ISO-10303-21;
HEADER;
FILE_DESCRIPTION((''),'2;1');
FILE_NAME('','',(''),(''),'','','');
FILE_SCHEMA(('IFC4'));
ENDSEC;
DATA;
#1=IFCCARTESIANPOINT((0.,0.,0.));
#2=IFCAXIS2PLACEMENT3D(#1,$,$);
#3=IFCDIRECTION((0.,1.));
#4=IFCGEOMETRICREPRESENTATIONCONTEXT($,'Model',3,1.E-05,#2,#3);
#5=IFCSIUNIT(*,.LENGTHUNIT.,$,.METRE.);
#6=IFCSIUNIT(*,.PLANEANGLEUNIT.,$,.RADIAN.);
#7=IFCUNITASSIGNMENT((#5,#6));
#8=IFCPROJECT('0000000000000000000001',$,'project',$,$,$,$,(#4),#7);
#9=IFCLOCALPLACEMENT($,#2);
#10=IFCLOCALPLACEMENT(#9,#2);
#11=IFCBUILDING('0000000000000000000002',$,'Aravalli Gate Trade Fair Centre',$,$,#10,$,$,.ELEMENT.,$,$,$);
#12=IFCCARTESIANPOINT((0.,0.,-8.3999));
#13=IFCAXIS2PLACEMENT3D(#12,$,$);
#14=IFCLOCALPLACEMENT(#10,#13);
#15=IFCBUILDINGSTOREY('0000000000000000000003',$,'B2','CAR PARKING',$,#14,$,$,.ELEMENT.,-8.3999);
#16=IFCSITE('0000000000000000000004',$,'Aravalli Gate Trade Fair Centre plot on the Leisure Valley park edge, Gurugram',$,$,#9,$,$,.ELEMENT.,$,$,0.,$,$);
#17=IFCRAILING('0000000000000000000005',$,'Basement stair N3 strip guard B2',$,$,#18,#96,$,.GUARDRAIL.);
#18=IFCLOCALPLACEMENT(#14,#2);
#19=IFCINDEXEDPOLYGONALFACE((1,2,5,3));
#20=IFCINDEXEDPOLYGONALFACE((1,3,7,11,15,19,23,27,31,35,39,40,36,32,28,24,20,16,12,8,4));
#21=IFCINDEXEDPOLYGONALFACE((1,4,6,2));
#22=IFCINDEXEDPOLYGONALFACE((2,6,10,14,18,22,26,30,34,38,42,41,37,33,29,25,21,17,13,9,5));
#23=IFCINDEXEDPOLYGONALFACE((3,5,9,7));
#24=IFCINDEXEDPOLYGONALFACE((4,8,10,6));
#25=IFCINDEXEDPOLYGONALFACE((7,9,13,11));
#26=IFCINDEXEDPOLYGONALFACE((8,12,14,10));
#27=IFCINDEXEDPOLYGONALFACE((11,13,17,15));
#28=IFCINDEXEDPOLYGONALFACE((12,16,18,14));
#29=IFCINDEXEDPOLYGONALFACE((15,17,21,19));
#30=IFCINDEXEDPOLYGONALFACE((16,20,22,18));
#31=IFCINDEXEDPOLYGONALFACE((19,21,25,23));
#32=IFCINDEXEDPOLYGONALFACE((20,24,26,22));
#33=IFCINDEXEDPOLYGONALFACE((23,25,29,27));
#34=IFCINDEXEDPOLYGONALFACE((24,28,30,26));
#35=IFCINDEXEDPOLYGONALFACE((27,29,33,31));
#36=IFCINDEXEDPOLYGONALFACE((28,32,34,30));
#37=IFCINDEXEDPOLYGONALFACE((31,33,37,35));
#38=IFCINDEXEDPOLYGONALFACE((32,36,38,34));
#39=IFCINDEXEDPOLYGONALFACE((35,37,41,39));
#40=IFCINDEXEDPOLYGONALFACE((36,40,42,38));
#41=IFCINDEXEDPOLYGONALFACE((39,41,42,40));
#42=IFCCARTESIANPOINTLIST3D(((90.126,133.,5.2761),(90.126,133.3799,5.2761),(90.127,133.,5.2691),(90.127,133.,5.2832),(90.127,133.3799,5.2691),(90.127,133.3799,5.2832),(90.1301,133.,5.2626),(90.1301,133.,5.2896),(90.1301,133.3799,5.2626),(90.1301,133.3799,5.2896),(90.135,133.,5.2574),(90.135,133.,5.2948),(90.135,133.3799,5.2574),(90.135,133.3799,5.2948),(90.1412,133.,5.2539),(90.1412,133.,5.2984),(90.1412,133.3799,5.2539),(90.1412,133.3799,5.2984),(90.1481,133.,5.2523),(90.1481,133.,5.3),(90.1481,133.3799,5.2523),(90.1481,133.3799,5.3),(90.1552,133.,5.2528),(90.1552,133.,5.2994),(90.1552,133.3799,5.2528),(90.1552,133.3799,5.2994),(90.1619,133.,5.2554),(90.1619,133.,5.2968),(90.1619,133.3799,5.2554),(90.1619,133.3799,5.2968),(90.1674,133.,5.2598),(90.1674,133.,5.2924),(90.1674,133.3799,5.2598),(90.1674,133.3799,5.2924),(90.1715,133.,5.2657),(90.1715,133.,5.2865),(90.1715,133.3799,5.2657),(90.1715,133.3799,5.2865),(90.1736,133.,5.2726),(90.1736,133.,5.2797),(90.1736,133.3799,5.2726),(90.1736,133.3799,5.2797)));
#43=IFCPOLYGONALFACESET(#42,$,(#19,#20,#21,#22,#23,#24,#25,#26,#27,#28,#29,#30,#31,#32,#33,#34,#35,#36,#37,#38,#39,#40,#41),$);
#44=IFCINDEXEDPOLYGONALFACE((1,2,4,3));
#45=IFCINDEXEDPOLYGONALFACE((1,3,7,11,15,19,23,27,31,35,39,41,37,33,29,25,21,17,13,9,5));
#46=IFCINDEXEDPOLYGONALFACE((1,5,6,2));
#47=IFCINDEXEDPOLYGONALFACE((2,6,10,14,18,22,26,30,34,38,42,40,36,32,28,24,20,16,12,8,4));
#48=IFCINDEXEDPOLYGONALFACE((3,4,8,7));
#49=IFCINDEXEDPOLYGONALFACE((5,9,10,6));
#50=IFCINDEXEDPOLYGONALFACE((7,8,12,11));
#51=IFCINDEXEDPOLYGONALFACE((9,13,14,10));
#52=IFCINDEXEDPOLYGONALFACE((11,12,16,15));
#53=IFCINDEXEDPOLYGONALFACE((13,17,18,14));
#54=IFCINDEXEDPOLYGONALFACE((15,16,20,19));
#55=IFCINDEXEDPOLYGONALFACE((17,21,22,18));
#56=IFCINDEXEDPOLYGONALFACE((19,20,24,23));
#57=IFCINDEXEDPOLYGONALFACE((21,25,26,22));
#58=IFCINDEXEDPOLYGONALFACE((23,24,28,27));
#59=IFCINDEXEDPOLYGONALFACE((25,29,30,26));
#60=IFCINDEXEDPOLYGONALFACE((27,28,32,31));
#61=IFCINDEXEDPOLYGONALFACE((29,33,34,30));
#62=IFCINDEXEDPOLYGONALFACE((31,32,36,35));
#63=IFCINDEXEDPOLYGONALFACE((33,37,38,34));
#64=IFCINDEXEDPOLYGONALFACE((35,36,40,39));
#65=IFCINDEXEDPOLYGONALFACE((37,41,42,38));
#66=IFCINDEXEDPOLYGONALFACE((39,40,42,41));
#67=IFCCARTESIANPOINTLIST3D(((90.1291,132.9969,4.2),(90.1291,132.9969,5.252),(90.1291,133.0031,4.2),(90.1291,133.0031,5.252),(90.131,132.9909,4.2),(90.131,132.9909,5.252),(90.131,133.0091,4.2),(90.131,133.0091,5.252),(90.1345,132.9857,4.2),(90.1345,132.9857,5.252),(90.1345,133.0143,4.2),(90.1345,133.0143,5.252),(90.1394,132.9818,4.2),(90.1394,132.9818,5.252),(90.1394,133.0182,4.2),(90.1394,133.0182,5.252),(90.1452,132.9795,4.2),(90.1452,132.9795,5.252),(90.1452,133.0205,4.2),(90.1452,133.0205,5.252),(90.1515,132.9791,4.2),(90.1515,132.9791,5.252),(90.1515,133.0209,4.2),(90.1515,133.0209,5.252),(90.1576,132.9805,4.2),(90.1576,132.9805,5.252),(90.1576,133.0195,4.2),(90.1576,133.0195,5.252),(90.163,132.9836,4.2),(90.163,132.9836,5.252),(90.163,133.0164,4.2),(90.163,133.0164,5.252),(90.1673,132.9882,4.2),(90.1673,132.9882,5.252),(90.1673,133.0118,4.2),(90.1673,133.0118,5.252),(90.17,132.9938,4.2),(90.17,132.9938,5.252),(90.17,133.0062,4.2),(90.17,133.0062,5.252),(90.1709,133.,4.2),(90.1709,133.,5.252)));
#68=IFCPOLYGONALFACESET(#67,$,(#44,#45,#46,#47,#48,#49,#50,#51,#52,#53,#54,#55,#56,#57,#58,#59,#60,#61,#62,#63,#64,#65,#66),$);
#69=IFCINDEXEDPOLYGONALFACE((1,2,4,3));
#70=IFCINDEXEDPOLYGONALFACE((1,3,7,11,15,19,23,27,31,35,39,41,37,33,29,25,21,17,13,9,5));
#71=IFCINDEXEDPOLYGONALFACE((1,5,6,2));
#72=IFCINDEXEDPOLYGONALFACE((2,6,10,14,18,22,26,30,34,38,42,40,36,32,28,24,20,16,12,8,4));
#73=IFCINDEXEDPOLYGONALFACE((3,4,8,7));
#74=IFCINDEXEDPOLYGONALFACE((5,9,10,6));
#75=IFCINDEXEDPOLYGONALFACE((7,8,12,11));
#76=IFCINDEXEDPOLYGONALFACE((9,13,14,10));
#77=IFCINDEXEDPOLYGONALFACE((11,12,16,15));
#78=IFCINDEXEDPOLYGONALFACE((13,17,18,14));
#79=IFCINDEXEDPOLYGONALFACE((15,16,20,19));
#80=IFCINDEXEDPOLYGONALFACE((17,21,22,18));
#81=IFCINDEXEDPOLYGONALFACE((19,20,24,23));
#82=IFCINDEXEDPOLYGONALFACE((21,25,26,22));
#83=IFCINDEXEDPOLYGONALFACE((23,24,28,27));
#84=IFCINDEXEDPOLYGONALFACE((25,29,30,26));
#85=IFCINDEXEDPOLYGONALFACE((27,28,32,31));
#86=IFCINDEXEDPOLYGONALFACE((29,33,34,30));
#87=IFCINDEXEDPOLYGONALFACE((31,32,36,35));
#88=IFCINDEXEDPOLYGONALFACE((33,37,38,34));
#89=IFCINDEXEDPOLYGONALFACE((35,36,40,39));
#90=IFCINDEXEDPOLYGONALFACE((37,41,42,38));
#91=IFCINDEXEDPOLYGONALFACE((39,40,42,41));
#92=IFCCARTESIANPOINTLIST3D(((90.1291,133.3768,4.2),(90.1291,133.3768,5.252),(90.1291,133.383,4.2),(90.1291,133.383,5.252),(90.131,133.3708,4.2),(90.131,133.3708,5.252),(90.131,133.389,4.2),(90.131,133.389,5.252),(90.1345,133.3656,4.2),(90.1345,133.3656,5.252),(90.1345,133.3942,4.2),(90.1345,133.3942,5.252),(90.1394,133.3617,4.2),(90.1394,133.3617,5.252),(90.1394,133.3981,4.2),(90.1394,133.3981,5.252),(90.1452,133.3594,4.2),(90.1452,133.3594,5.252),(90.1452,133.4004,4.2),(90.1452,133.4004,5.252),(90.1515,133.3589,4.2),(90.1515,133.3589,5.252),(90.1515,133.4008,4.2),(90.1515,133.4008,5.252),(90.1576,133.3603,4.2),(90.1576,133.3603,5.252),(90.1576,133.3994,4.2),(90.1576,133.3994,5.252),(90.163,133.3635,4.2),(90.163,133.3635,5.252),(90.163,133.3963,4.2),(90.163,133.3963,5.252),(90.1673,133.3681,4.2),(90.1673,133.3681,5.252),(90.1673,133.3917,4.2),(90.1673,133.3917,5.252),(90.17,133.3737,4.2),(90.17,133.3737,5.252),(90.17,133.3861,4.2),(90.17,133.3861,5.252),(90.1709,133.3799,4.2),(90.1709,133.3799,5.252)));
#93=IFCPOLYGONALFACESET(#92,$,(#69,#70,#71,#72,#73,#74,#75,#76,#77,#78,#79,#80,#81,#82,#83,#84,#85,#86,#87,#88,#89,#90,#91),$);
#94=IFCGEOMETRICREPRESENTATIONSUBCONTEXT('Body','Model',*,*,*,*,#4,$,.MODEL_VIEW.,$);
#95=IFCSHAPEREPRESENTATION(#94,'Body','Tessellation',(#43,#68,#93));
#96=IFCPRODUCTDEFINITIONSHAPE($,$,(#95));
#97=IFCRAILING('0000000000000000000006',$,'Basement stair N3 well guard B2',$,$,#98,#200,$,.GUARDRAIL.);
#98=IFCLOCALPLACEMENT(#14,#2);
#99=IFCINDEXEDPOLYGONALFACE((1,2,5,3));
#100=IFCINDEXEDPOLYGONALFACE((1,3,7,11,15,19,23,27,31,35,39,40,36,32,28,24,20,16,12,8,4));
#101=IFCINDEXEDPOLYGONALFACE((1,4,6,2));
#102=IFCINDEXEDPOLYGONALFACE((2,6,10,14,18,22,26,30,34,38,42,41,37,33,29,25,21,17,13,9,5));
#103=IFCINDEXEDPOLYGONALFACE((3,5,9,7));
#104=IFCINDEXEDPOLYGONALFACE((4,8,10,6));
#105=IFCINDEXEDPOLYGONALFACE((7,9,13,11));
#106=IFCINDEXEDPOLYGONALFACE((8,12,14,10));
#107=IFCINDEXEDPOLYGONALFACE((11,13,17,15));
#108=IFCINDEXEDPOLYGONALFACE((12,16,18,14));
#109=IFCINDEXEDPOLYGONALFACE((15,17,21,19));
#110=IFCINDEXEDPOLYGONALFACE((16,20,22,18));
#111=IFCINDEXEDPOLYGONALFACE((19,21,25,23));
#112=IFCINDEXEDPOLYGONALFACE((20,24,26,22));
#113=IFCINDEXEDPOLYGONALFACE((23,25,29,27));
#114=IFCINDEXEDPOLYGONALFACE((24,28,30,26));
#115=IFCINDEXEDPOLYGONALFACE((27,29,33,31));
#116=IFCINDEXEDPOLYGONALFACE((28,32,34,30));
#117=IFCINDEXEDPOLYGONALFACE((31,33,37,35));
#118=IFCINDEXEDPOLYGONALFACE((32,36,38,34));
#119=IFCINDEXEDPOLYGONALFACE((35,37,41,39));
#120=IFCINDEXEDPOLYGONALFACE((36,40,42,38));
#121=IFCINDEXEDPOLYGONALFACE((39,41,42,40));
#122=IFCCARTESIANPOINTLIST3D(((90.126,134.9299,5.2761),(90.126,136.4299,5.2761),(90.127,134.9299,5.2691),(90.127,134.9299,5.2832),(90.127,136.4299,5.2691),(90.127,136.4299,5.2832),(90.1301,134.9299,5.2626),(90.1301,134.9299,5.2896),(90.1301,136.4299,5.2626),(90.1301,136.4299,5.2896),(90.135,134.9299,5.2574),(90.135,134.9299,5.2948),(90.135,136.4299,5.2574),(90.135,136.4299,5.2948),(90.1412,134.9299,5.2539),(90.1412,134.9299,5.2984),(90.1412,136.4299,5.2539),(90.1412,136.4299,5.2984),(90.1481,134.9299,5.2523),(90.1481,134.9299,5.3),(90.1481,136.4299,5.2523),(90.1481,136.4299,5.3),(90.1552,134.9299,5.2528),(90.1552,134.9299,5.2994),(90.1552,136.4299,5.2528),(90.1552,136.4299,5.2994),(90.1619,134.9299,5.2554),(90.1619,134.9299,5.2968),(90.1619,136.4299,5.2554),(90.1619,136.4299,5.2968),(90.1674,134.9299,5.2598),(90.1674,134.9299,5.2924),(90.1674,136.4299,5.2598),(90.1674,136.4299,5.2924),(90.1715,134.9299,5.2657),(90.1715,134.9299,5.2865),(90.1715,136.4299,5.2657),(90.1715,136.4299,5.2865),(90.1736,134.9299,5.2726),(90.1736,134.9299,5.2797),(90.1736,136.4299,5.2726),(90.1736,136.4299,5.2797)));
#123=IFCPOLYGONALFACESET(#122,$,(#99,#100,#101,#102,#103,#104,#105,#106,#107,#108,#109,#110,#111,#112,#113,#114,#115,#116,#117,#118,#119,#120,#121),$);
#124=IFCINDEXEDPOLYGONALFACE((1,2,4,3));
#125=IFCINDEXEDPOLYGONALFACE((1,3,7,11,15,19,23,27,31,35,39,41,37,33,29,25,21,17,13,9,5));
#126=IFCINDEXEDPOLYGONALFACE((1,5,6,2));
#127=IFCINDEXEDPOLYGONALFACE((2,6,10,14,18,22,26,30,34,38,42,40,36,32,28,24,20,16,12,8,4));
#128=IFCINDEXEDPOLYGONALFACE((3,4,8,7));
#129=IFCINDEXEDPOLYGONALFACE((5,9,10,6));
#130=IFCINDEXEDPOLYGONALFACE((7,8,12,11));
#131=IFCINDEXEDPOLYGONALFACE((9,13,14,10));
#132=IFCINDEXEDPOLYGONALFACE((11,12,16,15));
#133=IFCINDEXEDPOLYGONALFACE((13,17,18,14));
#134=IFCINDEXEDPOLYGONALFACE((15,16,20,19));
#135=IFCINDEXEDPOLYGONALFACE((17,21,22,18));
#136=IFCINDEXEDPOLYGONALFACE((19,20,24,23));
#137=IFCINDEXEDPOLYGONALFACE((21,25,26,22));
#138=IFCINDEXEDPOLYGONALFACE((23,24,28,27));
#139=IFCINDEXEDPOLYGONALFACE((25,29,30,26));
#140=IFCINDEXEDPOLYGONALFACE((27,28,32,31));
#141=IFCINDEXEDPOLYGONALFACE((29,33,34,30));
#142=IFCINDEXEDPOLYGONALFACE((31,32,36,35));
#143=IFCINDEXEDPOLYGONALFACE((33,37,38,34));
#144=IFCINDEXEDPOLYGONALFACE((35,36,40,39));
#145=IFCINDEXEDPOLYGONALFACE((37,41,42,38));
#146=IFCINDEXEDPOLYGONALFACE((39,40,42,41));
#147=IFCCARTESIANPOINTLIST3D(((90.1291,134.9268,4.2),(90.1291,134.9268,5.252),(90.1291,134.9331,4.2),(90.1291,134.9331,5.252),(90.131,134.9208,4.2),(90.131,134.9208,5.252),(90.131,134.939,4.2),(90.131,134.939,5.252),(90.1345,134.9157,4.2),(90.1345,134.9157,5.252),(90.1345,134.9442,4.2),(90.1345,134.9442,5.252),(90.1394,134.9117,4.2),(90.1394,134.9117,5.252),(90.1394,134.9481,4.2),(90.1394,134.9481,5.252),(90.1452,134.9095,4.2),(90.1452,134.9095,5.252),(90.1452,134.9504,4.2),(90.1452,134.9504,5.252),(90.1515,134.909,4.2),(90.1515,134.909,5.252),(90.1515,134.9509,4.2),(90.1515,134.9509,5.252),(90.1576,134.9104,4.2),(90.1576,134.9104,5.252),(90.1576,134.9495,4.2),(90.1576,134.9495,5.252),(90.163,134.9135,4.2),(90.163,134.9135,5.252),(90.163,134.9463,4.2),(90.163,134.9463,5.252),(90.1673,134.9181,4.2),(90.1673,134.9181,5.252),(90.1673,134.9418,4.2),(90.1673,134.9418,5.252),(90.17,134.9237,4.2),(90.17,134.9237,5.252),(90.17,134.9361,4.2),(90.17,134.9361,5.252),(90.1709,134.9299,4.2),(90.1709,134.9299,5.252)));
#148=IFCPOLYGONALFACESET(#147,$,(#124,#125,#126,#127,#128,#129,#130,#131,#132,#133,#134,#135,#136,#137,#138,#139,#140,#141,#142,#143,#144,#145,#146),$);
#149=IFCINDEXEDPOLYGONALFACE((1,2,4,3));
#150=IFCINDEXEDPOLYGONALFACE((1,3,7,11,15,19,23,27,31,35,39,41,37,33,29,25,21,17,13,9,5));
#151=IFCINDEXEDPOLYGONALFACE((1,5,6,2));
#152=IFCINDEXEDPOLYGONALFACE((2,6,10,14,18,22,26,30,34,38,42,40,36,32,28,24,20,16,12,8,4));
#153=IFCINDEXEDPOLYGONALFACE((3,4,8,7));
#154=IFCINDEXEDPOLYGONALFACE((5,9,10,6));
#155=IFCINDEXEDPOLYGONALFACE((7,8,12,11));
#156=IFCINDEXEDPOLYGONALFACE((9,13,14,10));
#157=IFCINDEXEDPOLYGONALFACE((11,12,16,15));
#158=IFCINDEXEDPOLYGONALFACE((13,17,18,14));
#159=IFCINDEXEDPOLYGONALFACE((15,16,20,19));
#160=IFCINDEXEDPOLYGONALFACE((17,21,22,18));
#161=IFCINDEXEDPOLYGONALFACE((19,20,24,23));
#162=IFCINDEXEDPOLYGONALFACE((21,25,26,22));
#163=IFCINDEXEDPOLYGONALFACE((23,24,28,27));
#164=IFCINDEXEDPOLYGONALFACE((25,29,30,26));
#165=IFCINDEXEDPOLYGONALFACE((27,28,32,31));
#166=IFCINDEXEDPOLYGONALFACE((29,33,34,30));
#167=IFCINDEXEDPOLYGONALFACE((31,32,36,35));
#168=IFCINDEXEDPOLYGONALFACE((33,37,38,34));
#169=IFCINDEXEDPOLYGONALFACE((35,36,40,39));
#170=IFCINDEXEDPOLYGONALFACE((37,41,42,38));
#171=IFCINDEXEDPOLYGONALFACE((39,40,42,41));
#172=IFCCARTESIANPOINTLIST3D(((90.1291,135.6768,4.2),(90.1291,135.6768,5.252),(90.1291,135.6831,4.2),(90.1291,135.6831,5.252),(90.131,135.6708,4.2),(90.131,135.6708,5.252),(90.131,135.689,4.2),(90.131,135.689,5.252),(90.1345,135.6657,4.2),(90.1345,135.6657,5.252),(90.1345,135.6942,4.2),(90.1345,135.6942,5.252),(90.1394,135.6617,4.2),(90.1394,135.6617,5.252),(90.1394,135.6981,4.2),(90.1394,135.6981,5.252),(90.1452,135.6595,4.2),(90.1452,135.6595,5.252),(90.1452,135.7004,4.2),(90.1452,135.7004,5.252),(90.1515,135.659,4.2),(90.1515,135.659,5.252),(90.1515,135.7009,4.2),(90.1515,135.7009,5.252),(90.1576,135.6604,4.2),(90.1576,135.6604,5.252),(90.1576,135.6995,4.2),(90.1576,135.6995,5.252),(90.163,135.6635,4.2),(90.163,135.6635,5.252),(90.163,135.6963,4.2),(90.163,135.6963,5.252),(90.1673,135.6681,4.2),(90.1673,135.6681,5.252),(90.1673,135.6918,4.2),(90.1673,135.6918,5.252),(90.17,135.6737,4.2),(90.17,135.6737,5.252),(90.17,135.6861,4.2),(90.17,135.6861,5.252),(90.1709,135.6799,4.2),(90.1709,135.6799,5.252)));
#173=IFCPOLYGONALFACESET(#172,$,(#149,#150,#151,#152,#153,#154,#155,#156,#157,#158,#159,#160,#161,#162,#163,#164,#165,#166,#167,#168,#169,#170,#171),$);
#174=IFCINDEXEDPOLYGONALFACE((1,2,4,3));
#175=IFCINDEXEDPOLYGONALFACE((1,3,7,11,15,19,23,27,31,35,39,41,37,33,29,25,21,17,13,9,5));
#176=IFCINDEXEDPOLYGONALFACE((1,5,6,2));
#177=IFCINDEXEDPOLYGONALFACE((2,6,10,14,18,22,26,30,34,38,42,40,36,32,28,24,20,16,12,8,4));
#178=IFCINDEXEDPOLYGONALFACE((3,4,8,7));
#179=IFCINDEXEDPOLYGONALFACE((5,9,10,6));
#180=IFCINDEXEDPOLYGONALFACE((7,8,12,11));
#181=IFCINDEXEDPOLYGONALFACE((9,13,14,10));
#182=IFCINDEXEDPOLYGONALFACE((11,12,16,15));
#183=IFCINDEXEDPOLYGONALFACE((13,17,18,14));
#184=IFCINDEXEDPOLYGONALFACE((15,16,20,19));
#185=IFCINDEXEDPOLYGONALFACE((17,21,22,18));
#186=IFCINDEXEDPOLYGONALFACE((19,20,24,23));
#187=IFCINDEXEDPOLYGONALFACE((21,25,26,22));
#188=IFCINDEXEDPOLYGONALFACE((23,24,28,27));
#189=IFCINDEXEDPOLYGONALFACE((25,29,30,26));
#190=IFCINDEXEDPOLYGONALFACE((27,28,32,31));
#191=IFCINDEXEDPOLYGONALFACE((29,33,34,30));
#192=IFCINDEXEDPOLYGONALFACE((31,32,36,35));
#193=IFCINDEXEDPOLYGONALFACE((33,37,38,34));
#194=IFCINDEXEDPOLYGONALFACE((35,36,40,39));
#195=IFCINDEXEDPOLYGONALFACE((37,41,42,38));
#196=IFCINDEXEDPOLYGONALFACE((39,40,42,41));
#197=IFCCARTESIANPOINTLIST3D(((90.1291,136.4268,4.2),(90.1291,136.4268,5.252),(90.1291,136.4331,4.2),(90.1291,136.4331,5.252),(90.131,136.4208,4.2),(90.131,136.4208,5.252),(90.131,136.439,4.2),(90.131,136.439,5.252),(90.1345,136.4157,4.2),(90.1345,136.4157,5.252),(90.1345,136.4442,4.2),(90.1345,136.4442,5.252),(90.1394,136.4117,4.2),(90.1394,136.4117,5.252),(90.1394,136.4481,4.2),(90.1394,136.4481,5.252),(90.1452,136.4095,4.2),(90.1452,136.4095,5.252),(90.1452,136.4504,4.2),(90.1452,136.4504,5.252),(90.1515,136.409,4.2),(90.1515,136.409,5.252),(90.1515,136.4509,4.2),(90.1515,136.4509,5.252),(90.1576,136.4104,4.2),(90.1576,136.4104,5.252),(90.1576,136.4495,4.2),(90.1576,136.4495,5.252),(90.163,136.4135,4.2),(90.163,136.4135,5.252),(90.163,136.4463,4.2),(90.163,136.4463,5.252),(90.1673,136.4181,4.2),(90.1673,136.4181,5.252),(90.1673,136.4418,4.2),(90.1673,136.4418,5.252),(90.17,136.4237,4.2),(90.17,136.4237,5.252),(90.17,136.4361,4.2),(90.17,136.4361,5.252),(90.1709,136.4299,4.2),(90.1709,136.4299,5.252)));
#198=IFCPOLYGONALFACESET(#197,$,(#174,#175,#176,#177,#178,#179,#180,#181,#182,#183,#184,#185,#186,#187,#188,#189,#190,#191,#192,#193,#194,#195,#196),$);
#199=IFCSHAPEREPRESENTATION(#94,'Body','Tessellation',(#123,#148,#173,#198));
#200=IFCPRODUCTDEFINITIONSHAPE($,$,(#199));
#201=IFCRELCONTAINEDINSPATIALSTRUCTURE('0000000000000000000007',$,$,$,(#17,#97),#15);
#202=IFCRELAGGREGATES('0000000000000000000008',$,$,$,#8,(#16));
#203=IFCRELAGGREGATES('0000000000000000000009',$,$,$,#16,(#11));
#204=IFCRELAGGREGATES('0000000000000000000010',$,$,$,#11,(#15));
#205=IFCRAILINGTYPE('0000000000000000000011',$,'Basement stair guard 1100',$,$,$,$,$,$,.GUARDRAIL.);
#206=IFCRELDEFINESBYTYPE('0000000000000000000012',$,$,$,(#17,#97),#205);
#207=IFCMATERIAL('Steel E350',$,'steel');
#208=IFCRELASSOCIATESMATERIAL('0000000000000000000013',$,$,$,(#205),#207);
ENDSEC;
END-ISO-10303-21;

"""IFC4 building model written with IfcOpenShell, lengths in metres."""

from ifc_helpers import new_model, si_unit, direction, frame, origin, origin_2d, place, context, subcontext, project, spatial, circle, extrude, material, type_object, element, save


model = new_model("IFC4")

# Units and contexts
model_context = context("Model", 3, precision=1e-05, world=origin(), true_north=direction((0.0, 1.0)))
body_context = subcontext(model_context, "Body", "Model", "MODEL_VIEW")
ifc_project = project(units=[si_unit("LENGTHUNIT", "METRE"), si_unit("PLANEANGLEUNIT", "RADIAN")], contexts=[model_context])

# Site, building, storey
site_placement = place(None, origin())
site = spatial("IfcSite", under=ifc_project, at=site_placement, Name="Aravalli Gate Trade Fair Centre plot on the Leisure Valley park edge, Gurugram", CompositionType="ELEMENT", RefElevation=0.0)
building_placement = place(site_placement, origin())
building = spatial("IfcBuilding", under=site, at=building_placement, Name="Aravalli Gate Trade Fair Centre", CompositionType="ELEMENT")
storey_placement = place(building_placement, frame((0.0, 0.0, -8.3999)))
storey = spatial("IfcBuildingStorey", under=building, at=storey_placement, Name="B2", Description="CAR PARKING", CompositionType="ELEMENT", Elevation=-8.3999)

# Railings
ifc_material_1 = material(Name="Steel E350", Category="steel")
railing_type_1 = type_object("IfcRailingType", Name="Basement stair guard 1100", PredefinedType="GUARDRAIL", material=ifc_material_1)
railing_1_placement = place(storey_placement, frame((90.1499, 133.0, 4.2)))
element("IfcRailing", 1, at=railing_1_placement, inside=storey, type_object=railing_type_1, Name="Basement stair N3 strip guard B2", PredefinedType="GUARDRAIL", context=body_context, shape_type="SweptSolid", body=[
    extrude(circle(Radius=0.0239, at=origin_2d()), frame((0.0, 0.0, 1.0762), z_axis=(0.0, 1.0, 0.0), x_axis=(-1.0, 0.0, 0.0)), (0.0, 0.0, 1.0), 0.3799),
    extrude(circle(Radius=0.021, at=origin_2d()), origin(), (0.0, 0.0, 1.0), 1.052),
    extrude(circle(Radius=0.021, at=origin_2d()), frame((0.0, 0.3799, 0.0)), (0.0, 0.0, 1.0), 1.052),
])
railing_2_placement = place(storey_placement, frame((90.1499, 134.9299, 4.2)))
element("IfcRailing", 2, at=railing_2_placement, inside=storey, type_object=railing_type_1, Name="Basement stair N3 well guard B2", PredefinedType="GUARDRAIL", context=body_context, shape_type="SweptSolid", body=[
    extrude(circle(Radius=0.0239, at=origin_2d()), frame((0.0, 0.0, 1.0762), z_axis=(0.0, 1.0, 0.0), x_axis=(-1.0, 0.0, 0.0)), (0.0, 0.0, 1.0), 1.5),
    extrude(circle(Radius=0.021, at=origin_2d()), origin(), (0.0, 0.0, 1.0), 1.052),
    extrude(circle(Radius=0.021, at=origin_2d()), frame((0.0, 0.75, 0.0)), (0.0, 0.0, 1.0), 1.052),
    extrude(circle(Radius=0.021, at=origin_2d()), frame((0.0, 1.5, 0.0)), (0.0, 0.0, 1.0), 1.052),
])

save(model, "model.ifc")
